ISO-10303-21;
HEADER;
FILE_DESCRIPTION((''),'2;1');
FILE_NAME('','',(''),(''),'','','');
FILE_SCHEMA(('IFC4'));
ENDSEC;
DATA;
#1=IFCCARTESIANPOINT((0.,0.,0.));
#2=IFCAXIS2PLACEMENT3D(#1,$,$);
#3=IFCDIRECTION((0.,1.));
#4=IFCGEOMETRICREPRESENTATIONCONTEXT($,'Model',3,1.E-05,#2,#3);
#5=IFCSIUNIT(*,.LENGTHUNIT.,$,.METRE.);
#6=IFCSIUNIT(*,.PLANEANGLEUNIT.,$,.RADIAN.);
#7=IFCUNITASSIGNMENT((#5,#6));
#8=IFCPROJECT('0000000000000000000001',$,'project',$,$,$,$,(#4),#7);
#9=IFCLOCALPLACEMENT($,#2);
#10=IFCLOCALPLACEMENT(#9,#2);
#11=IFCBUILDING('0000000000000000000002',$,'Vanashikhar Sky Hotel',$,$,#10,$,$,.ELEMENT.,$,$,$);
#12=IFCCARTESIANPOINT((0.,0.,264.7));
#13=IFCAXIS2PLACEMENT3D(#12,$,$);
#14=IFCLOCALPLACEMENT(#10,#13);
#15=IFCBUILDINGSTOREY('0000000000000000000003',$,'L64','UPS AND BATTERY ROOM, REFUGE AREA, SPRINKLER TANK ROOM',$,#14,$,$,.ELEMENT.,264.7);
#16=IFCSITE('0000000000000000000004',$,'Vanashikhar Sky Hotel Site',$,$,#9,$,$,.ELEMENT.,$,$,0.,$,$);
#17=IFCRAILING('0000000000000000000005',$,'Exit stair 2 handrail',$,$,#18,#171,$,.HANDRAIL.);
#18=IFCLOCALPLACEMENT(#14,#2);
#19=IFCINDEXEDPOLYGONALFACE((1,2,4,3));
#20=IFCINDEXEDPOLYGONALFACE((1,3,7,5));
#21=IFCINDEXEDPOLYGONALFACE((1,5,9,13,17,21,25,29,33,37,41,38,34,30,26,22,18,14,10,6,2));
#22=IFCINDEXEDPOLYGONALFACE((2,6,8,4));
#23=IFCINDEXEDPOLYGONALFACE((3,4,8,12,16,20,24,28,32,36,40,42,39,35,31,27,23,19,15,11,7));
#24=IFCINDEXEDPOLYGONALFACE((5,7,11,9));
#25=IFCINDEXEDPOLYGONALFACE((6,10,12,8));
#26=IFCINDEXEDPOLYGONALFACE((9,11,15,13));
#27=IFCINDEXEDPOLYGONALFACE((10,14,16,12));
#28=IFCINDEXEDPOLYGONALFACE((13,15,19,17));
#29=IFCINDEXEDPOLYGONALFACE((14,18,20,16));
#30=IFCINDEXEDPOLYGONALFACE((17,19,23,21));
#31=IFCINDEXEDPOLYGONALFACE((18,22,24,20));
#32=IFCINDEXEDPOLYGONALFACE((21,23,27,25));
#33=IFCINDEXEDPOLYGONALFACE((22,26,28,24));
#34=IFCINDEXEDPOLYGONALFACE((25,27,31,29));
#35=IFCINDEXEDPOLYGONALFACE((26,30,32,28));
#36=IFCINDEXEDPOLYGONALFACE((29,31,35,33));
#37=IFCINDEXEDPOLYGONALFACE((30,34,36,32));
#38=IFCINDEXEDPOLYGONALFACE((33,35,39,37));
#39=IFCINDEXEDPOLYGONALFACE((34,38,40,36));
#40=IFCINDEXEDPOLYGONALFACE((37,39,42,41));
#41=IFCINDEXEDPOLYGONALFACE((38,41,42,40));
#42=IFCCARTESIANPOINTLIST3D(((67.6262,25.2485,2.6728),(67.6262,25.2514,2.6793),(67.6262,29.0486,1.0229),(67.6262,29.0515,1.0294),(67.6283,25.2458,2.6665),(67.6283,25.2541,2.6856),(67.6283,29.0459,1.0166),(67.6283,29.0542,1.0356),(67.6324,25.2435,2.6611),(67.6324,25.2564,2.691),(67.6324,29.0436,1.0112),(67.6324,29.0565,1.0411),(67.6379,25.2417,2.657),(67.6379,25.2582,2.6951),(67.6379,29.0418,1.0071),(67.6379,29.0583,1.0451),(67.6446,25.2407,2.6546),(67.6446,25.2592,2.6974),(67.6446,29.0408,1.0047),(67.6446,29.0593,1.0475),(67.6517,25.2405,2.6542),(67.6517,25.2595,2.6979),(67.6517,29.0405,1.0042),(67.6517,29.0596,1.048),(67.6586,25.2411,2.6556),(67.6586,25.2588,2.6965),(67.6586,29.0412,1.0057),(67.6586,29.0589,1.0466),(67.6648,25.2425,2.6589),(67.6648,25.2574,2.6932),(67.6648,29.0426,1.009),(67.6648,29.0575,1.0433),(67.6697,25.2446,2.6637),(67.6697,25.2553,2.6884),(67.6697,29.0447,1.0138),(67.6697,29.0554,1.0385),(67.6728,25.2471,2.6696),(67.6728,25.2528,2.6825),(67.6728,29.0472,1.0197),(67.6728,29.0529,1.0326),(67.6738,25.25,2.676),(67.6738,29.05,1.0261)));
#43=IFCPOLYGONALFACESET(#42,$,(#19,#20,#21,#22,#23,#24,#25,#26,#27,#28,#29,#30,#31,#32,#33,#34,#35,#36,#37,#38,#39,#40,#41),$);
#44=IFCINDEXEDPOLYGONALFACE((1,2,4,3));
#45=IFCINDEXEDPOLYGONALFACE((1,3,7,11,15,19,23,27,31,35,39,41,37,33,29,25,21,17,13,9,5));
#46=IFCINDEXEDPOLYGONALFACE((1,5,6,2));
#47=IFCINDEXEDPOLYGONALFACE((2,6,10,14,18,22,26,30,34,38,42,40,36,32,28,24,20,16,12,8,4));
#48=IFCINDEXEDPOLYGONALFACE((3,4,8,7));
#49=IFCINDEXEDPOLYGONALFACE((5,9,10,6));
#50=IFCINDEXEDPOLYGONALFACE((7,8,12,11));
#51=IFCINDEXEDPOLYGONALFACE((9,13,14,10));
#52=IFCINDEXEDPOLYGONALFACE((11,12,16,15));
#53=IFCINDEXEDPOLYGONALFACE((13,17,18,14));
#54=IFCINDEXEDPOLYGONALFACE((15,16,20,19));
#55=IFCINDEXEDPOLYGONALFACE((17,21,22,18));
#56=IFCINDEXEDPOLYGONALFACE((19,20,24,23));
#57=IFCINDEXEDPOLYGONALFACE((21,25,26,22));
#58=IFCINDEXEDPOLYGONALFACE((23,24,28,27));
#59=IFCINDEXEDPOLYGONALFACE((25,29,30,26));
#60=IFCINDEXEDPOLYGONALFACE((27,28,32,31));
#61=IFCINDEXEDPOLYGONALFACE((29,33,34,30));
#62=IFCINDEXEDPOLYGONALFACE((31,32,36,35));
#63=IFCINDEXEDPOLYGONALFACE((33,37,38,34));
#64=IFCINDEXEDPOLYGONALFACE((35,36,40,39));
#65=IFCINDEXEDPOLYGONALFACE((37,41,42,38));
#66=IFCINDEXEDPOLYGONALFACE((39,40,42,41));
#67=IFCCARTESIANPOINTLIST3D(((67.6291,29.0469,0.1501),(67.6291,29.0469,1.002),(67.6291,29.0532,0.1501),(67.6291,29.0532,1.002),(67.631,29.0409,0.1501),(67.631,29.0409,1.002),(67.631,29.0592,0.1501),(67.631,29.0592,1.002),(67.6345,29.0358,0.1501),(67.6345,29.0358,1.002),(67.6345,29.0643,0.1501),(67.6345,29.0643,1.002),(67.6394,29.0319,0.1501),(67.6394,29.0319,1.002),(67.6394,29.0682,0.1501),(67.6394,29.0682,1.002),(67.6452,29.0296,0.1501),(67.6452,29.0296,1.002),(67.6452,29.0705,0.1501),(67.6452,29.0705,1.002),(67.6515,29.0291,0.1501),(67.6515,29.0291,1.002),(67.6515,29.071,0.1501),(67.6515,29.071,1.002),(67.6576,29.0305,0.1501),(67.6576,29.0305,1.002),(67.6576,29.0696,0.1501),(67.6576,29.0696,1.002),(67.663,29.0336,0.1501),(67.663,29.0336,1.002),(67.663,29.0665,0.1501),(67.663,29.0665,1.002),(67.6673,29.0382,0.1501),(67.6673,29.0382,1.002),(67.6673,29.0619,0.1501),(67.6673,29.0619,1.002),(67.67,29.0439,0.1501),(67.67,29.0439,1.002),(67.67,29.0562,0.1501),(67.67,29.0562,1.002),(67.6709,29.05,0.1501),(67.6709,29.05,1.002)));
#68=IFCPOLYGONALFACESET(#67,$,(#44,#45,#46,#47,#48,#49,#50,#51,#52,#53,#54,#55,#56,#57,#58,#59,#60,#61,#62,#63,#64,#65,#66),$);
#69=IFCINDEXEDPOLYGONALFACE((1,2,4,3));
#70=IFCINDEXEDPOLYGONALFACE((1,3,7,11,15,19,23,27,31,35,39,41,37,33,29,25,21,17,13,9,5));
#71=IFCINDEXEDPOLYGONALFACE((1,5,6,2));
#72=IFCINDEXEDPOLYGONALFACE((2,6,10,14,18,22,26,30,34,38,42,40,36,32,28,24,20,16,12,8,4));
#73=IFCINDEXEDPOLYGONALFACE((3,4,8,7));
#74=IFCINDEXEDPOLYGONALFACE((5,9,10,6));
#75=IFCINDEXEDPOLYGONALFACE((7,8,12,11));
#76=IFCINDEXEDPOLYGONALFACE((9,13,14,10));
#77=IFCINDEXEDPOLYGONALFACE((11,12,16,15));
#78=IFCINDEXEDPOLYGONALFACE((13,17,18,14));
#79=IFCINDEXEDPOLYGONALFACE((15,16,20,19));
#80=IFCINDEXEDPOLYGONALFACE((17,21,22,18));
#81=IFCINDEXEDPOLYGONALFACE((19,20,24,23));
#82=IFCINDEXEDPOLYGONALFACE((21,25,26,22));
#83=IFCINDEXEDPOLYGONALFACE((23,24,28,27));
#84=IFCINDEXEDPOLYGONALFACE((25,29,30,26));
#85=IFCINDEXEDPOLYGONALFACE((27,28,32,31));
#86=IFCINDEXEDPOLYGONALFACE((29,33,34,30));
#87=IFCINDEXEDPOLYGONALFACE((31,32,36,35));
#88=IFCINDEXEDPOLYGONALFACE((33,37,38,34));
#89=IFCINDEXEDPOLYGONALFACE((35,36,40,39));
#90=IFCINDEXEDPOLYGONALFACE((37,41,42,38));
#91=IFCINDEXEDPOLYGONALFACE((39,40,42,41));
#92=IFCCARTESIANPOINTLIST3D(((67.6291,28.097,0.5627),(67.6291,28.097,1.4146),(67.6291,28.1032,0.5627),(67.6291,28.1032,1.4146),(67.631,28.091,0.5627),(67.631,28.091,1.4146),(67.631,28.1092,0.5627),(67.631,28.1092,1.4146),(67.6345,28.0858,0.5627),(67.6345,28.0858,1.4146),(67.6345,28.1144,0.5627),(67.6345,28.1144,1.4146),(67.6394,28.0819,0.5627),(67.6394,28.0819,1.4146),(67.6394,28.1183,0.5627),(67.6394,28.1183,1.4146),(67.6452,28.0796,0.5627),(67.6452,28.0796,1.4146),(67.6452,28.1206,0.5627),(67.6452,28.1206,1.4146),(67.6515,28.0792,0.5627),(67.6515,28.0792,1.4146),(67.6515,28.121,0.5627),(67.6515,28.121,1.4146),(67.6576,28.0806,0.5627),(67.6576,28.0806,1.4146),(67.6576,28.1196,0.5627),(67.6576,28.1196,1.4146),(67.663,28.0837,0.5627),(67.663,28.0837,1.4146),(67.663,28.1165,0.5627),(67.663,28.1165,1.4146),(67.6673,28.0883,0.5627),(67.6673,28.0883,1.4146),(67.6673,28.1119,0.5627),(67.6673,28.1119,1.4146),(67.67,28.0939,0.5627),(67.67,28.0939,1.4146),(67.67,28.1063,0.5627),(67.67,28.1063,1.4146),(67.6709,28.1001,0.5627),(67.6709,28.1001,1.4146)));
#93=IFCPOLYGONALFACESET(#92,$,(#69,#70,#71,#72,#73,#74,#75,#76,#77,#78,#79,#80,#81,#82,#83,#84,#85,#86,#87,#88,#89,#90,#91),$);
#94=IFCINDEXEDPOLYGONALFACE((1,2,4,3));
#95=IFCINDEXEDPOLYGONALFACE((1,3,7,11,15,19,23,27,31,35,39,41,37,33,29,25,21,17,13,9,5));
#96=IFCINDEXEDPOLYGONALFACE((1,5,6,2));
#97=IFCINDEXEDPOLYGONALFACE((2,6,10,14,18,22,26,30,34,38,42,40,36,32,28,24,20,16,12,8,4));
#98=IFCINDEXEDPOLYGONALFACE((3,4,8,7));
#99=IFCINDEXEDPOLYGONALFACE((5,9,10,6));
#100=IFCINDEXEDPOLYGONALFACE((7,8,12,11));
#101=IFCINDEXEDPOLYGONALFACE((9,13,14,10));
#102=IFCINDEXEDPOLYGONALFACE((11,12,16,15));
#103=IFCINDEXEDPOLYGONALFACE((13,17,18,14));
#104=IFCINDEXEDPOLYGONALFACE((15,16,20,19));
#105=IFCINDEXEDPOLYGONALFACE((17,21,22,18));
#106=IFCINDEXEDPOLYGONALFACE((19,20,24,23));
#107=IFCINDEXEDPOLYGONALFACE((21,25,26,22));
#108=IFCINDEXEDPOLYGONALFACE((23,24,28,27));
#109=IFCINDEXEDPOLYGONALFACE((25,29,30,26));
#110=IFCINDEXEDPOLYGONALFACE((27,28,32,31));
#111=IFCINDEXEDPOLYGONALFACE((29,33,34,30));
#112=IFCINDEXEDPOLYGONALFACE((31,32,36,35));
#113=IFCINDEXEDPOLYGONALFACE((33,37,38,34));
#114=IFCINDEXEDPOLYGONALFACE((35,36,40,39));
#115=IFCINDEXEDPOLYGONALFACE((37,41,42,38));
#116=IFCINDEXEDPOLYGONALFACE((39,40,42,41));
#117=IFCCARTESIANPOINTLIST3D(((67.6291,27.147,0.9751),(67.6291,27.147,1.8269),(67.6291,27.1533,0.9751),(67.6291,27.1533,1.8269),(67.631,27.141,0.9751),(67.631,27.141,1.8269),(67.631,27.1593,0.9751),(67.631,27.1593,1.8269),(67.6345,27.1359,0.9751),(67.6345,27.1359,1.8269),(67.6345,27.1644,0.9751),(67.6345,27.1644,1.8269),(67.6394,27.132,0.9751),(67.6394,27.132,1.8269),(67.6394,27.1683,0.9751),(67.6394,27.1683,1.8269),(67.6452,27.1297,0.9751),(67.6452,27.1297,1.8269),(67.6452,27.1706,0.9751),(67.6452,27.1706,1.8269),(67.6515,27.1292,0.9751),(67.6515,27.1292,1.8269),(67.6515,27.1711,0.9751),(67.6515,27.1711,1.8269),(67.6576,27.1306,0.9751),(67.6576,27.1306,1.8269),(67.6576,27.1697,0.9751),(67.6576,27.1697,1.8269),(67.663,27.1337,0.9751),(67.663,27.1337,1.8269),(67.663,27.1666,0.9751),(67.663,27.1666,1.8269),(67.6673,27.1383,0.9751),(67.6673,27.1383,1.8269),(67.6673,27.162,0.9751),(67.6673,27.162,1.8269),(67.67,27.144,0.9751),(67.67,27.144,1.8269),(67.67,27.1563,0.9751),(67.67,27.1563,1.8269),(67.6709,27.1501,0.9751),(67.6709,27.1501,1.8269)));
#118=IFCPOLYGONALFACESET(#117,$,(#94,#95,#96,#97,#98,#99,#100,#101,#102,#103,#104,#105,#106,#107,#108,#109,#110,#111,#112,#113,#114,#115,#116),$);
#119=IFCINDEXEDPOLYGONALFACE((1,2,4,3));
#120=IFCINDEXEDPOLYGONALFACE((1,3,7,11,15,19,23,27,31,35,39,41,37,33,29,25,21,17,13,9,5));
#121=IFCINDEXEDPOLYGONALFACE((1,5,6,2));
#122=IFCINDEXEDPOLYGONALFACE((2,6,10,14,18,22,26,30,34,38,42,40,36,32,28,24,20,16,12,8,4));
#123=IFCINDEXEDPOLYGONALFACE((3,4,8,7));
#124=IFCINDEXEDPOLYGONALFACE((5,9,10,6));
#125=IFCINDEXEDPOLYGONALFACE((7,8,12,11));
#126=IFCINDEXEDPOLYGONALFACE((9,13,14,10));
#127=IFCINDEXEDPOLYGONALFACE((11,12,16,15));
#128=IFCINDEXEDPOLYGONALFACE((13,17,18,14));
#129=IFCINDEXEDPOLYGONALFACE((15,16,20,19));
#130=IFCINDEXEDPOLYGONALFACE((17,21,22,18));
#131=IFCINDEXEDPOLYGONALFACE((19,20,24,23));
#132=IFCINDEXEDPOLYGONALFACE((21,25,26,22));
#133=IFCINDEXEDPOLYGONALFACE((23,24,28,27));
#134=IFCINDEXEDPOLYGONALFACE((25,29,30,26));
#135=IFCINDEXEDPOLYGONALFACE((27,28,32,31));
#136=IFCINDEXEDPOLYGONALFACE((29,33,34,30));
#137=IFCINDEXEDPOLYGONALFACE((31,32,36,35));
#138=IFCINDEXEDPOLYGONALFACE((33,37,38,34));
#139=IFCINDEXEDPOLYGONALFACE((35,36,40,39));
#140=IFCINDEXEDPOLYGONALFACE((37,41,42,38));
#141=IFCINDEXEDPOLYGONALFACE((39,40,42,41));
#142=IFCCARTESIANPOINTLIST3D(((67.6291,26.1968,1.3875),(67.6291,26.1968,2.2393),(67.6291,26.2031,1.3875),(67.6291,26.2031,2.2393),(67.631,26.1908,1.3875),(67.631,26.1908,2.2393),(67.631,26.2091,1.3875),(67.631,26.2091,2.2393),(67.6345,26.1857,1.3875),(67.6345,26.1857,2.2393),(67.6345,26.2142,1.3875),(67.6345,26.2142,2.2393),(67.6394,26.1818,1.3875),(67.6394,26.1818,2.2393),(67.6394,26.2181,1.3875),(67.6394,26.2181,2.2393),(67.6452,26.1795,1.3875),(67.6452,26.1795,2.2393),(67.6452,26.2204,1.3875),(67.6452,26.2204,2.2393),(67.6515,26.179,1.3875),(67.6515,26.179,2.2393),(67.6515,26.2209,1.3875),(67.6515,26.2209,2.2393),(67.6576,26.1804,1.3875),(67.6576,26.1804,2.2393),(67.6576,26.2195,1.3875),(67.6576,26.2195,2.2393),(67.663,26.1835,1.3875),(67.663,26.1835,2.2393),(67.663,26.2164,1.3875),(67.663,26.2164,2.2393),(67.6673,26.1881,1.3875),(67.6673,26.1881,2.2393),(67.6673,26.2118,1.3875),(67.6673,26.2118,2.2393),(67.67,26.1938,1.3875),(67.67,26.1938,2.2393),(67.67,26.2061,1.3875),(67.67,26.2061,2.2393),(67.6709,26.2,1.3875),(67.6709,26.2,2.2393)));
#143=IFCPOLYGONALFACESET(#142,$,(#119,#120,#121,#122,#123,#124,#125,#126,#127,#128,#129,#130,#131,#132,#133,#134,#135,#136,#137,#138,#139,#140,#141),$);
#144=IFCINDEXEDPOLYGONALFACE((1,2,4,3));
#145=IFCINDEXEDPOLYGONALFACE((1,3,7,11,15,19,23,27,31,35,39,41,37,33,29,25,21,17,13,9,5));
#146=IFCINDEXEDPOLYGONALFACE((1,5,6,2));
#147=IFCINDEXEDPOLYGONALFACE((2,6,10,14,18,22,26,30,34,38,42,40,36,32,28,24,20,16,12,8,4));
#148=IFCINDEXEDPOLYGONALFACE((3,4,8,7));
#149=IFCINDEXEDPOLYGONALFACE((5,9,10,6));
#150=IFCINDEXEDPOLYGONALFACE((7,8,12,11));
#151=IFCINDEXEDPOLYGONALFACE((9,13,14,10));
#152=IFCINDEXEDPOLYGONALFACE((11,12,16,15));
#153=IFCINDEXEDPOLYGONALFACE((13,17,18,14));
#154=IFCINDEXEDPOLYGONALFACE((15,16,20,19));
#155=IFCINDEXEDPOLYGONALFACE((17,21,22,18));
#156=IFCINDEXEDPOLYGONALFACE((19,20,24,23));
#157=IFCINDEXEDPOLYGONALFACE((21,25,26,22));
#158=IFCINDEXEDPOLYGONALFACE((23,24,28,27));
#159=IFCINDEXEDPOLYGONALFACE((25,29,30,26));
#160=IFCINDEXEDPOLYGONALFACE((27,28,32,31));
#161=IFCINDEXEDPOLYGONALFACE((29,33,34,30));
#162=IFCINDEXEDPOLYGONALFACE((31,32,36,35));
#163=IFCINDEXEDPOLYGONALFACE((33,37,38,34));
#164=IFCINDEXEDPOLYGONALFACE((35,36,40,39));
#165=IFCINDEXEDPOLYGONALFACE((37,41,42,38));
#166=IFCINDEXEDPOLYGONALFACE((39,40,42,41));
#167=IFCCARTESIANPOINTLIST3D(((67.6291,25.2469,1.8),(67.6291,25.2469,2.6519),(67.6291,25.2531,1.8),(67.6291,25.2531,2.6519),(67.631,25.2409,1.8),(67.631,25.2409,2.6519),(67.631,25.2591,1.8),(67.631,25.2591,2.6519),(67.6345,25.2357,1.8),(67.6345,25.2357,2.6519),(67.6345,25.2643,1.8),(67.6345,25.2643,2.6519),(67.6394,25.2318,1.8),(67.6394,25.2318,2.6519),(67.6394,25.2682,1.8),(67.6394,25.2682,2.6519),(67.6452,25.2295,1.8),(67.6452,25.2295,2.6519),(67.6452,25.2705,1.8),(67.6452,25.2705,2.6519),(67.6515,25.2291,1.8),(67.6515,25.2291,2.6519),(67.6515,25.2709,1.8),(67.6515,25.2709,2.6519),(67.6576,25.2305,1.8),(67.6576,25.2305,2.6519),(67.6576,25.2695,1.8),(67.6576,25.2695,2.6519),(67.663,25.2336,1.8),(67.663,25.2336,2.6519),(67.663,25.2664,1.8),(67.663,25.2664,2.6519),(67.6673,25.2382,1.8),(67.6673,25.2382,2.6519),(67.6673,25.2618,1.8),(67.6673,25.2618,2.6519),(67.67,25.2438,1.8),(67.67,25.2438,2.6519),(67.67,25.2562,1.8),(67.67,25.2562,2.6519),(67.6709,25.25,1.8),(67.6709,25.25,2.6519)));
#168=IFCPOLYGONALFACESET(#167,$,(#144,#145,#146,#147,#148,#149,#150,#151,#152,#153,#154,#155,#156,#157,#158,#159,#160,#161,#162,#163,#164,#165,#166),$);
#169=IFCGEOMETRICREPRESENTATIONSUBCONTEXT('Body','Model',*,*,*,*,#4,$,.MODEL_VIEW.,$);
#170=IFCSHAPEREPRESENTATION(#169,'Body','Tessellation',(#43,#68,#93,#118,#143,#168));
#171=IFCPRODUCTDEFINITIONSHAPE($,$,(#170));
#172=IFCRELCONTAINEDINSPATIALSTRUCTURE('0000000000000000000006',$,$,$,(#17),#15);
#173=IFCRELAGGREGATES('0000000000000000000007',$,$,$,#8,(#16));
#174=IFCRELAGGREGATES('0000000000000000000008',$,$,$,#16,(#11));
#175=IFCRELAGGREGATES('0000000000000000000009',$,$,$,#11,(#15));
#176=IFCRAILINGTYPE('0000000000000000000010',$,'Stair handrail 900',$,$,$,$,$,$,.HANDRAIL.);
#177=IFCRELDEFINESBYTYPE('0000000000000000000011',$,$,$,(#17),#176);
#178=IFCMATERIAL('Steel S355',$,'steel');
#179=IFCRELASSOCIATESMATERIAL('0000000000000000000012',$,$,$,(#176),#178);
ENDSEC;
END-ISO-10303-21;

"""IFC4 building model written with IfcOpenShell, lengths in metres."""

from ifc_helpers import new_model, si_unit, direction, frame, origin, origin_2d, place, context, subcontext, project, spatial, circle, extrude, source, transform, mapped, material, type_object, element, save


model = new_model("IFC4")

# Units and contexts
model_context = context("Model", 3, precision=1e-05, world=origin(), true_north=direction((0.0, 1.0)))
body_context = subcontext(model_context, "Body", "Model", "MODEL_VIEW")
ifc_project = project(units=[si_unit("LENGTHUNIT", "METRE"), si_unit("PLANEANGLEUNIT", "RADIAN")], contexts=[model_context])

# Site, building, storey
site_placement = place(None, origin())
site = spatial("IfcSite", under=ifc_project, at=site_placement, Name="Vanashikhar Sky Hotel Site", CompositionType="ELEMENT", RefElevation=0.0)
building_placement = place(site_placement, origin())
building = spatial("IfcBuilding", under=site, at=building_placement, Name="Vanashikhar Sky Hotel", CompositionType="ELEMENT")
storey_placement = place(building_placement, frame((0.0, 0.0, 264.7)))
storey = spatial("IfcBuildingStorey", under=building, at=storey_placement, Name="L64", Description="UPS AND BATTERY ROOM, REFUGE AREA, SPRINKLER TANK ROOM", CompositionType="ELEMENT", Elevation=264.7)

# Railing
ifc_material_1 = material(Name="Steel S355", Category="steel")
railing_type_1 = type_object("IfcRailingType", Name="Stair handrail 900", PredefinedType="HANDRAIL", material=ifc_material_1)
shared_shape_1 = source(origin(), body_context, "Body", "SweptSolid", [
    extrude(circle(Radius=0.0239, at=origin_2d()), frame((0.0, 0.0, 0.876), z_axis=(0.0, -0.917272, 0.398261), x_axis=(1.0, 0.0, 0.0)), (0.0, 0.0, 1.0), 4.1428),
    extrude(circle(Radius=0.021, at=origin_2d()), origin(), (0.0, 0.0, 1.0), 0.8518),
    extrude(circle(Radius=0.021, at=origin_2d()), frame((0.0, -0.95, 0.4126)), (0.0, 0.0, 1.0), 0.8518),
    extrude(circle(Radius=0.021, at=origin_2d()), frame((0.0, -1.8999, 0.825)), (0.0, 0.0, 1.0), 0.8518),
    extrude(circle(Radius=0.021, at=origin_2d()), frame((0.0, -2.8501, 1.2373)), (0.0, 0.0, 1.0), 0.8518),
    extrude(circle(Radius=0.021, at=origin_2d()), frame((0.0, -3.8, 1.6499)), (0.0, 0.0, 1.0), 0.8518),
])
for number, where, name in (
    (1, (67.6499, 29.05, 0.1501), "Exit stair 2 handrail"),
):
    element("IfcRailing", number, at=place(storey_placement, frame(where)), inside=storey, type_object=railing_type_1, Name=name, PredefinedType="HANDRAIL", context=body_context, shape_type="MappedRepresentation", body=[
        mapped(shared_shape_1, transform((0.0, 0.0, 0.0), scale=1.0)),
    ])

save(model, "model.ifc")
